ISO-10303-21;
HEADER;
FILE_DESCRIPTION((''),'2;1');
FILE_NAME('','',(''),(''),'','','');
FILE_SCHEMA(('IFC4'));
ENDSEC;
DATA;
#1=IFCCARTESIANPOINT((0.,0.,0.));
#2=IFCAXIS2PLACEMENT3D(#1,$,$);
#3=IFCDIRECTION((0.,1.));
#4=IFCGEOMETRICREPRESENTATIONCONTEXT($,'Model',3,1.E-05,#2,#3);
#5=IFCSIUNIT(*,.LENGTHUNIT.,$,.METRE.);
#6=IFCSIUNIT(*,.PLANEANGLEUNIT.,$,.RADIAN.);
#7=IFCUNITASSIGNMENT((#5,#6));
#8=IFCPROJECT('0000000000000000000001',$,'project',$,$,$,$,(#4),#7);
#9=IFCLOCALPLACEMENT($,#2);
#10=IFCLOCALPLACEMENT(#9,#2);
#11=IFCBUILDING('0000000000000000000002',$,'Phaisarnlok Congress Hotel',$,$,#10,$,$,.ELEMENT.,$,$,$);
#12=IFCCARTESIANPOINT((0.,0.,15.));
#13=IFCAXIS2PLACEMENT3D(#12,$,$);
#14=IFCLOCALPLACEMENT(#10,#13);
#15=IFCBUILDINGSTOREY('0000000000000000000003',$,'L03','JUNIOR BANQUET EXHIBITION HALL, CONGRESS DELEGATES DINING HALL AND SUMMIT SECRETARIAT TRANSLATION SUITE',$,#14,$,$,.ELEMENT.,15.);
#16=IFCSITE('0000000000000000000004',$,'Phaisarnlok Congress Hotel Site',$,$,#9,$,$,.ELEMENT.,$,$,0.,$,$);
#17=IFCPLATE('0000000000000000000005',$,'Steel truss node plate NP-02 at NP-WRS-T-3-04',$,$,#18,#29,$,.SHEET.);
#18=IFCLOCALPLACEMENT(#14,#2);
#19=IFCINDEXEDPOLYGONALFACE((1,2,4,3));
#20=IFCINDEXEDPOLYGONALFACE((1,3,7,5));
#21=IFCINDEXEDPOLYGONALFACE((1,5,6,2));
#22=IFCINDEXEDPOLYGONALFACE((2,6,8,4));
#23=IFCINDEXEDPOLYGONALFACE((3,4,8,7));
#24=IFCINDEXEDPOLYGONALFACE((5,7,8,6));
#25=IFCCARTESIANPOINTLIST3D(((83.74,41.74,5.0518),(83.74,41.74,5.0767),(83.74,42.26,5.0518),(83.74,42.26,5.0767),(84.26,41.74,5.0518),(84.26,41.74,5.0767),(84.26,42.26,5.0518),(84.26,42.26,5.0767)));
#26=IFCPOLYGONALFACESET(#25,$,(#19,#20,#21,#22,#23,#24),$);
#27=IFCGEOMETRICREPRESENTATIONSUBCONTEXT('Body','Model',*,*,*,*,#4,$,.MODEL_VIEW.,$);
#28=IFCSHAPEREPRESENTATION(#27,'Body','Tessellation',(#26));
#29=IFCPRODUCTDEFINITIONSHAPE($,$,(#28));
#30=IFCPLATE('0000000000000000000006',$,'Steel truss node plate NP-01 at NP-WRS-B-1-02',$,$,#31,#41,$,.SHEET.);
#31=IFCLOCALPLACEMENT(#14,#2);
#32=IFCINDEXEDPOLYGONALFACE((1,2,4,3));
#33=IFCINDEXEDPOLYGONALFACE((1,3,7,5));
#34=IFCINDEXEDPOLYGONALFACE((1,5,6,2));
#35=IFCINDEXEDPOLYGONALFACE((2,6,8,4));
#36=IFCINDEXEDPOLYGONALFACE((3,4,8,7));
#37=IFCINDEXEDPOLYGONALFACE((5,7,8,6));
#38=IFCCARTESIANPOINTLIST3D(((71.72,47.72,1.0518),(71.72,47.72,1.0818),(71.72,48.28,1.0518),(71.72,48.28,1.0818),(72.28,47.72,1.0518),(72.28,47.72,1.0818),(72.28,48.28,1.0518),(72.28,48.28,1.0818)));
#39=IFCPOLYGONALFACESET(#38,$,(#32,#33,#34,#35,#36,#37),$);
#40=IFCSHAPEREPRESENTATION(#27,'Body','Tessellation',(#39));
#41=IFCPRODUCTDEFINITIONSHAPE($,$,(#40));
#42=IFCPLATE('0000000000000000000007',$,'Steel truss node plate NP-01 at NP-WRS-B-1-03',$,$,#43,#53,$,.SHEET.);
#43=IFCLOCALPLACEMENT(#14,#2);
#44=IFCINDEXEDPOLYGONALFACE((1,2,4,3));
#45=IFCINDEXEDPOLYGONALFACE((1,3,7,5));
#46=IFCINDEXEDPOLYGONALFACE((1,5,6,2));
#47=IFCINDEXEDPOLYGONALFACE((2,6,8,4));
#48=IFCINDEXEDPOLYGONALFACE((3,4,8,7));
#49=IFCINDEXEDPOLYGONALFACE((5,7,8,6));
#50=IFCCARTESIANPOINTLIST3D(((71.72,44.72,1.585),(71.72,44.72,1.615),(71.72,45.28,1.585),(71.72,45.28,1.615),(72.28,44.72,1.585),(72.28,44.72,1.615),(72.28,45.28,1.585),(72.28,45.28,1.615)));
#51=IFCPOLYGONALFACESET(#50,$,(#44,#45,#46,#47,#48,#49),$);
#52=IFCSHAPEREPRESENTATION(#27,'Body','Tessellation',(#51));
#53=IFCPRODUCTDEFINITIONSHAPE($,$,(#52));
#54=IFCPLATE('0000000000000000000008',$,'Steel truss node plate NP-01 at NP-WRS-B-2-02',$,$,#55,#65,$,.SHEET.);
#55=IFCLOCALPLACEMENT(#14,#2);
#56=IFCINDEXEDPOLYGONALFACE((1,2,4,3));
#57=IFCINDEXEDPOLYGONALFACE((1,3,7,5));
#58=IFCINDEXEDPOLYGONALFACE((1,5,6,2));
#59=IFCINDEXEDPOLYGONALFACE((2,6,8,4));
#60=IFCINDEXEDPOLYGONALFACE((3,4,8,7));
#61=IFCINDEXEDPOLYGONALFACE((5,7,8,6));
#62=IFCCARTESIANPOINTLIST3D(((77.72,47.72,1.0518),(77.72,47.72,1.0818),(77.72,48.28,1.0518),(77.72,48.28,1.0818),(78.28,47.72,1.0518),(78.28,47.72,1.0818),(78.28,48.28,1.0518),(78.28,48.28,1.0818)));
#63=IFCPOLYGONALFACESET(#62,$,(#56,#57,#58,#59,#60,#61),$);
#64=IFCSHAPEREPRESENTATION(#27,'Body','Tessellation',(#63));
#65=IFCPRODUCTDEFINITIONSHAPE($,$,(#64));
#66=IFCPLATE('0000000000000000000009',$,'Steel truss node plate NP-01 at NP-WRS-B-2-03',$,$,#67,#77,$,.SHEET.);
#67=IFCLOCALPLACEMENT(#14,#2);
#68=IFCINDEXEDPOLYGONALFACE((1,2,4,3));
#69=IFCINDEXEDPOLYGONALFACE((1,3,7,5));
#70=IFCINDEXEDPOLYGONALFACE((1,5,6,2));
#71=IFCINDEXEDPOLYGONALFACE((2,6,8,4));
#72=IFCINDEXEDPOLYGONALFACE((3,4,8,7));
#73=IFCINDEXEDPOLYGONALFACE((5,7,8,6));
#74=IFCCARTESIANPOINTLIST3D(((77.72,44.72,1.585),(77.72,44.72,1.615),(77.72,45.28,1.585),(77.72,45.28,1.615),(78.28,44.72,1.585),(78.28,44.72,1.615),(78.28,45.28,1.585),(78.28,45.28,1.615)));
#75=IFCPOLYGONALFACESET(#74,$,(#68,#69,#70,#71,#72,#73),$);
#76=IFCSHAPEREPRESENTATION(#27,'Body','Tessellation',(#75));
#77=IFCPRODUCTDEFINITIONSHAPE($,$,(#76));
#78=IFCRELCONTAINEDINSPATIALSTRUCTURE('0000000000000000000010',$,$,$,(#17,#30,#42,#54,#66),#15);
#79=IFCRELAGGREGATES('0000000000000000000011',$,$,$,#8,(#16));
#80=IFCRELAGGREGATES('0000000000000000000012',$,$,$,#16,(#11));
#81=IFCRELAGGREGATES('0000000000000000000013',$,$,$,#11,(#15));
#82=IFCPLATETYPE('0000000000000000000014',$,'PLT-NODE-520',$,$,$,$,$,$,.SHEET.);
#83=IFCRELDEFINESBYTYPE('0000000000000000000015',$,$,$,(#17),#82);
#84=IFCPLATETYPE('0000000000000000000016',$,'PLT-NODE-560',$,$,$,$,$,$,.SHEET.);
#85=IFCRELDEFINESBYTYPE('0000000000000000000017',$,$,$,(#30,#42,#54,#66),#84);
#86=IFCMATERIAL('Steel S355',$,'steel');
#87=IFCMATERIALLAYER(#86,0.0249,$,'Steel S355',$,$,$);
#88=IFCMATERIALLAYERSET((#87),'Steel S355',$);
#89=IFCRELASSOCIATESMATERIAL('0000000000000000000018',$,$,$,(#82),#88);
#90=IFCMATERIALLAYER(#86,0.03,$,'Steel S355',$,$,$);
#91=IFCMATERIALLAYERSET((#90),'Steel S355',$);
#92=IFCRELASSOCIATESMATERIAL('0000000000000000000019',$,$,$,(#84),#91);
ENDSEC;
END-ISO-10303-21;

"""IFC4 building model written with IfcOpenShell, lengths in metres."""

from ifc_helpers import new_model, si_unit, direction, frame, origin, origin_2d, place, context, subcontext, project, spatial, rectangle, extrude, material, layer, layer_set, type_object, element, save


model = new_model("IFC4")

# Units and contexts
model_context = context("Model", 3, precision=1e-05, world=origin(), true_north=direction((0.0, 1.0)))
body_context = subcontext(model_context, "Body", "Model", "MODEL_VIEW")
ifc_project = project(units=[si_unit("LENGTHUNIT", "METRE"), si_unit("PLANEANGLEUNIT", "RADIAN")], contexts=[model_context])

# Site, building, storey
site_placement = place(None, origin())
site = spatial("IfcSite", under=ifc_project, at=site_placement, Name="Phaisarnlok Congress Hotel Site", CompositionType="ELEMENT", RefElevation=0.0)
building_placement = place(site_placement, origin())
building = spatial("IfcBuilding", under=site, at=building_placement, Name="Phaisarnlok Congress Hotel", CompositionType="ELEMENT")
storey_placement = place(building_placement, frame((0.0, 0.0, 15.0)))
storey = spatial("IfcBuildingStorey", under=building, at=storey_placement, Name="L03", Description="JUNIOR BANQUET EXHIBITION HALL, CONGRESS DELEGATES DINING HALL AND SUMMIT SECRETARIAT TRANSLATION SUITE", CompositionType="ELEMENT", Elevation=15.0)

# Shared definitions
ifc_material = material(Name="Steel S355", Category="steel")

# Plates
ifc_layer_1 = layer(ifc_material, 0.0249, Name="Steel S355")
ifc_layer_set_1 = layer_set([ifc_layer_1], Name="Steel S355")
plate_type_1 = type_object("IfcPlateType", Name="PLT-NODE-520", PredefinedType="SHEET", material=ifc_layer_set_1)
for number, where, z_axis, x_axis, name in (
    (1, (84.0, 42.0, 5.0518), (0.0, 0.0, 1.0), (1.0, 0.0, 0.0), "Steel truss node plate NP-02 at NP-WRS-T-3-04"),
):
    element("IfcPlate", number, at=place(storey_placement, frame(where, z_axis=z_axis, x_axis=x_axis)), inside=storey, type_object=plate_type_1, Name=name, PredefinedType="SHEET", context=body_context, shape_type="SweptSolid", body=[
        extrude(rectangle(XDim=0.52, YDim=0.52, at=origin_2d()), origin(), (0.0, 0.0, 1.0), 0.0249),
    ])
ifc_layer_2 = layer(ifc_material, 0.03, Name="Steel S355")
ifc_layer_set_2 = layer_set([ifc_layer_2], Name="Steel S355")
plate_type_2 = type_object("IfcPlateType", Name="PLT-NODE-560", PredefinedType="SHEET", material=ifc_layer_set_2)
for number, where, z_axis, x_axis, name in (
    (2, (72.0, 48.0, 1.0518), (0.0, 0.0, 1.0), (1.0, 0.0, 0.0), "Steel truss node plate NP-01 at NP-WRS-B-1-02"),
    (3, (72.0, 45.0, 1.585), (0.0, 0.0, 1.0), (1.0, 0.0, 0.0), "Steel truss node plate NP-01 at NP-WRS-B-1-03"),
    (4, (78.0, 48.0, 1.0518), (0.0, 0.0, 1.0), (1.0, 0.0, 0.0), "Steel truss node plate NP-01 at NP-WRS-B-2-02"),
    (5, (78.0, 45.0, 1.585), (0.0, 0.0, 1.0), (1.0, 0.0, 0.0), "Steel truss node plate NP-01 at NP-WRS-B-2-03"),
):
    element("IfcPlate", number, at=place(storey_placement, frame(where, z_axis=z_axis, x_axis=x_axis)), inside=storey, type_object=plate_type_2, Name=name, PredefinedType="SHEET", context=body_context, shape_type="SweptSolid", body=[
        extrude(rectangle(XDim=0.5601, YDim=0.5601, at=origin_2d()), origin(), (0.0, 0.0, 1.0), 0.03),
    ])

save(model, "model.ifc")
